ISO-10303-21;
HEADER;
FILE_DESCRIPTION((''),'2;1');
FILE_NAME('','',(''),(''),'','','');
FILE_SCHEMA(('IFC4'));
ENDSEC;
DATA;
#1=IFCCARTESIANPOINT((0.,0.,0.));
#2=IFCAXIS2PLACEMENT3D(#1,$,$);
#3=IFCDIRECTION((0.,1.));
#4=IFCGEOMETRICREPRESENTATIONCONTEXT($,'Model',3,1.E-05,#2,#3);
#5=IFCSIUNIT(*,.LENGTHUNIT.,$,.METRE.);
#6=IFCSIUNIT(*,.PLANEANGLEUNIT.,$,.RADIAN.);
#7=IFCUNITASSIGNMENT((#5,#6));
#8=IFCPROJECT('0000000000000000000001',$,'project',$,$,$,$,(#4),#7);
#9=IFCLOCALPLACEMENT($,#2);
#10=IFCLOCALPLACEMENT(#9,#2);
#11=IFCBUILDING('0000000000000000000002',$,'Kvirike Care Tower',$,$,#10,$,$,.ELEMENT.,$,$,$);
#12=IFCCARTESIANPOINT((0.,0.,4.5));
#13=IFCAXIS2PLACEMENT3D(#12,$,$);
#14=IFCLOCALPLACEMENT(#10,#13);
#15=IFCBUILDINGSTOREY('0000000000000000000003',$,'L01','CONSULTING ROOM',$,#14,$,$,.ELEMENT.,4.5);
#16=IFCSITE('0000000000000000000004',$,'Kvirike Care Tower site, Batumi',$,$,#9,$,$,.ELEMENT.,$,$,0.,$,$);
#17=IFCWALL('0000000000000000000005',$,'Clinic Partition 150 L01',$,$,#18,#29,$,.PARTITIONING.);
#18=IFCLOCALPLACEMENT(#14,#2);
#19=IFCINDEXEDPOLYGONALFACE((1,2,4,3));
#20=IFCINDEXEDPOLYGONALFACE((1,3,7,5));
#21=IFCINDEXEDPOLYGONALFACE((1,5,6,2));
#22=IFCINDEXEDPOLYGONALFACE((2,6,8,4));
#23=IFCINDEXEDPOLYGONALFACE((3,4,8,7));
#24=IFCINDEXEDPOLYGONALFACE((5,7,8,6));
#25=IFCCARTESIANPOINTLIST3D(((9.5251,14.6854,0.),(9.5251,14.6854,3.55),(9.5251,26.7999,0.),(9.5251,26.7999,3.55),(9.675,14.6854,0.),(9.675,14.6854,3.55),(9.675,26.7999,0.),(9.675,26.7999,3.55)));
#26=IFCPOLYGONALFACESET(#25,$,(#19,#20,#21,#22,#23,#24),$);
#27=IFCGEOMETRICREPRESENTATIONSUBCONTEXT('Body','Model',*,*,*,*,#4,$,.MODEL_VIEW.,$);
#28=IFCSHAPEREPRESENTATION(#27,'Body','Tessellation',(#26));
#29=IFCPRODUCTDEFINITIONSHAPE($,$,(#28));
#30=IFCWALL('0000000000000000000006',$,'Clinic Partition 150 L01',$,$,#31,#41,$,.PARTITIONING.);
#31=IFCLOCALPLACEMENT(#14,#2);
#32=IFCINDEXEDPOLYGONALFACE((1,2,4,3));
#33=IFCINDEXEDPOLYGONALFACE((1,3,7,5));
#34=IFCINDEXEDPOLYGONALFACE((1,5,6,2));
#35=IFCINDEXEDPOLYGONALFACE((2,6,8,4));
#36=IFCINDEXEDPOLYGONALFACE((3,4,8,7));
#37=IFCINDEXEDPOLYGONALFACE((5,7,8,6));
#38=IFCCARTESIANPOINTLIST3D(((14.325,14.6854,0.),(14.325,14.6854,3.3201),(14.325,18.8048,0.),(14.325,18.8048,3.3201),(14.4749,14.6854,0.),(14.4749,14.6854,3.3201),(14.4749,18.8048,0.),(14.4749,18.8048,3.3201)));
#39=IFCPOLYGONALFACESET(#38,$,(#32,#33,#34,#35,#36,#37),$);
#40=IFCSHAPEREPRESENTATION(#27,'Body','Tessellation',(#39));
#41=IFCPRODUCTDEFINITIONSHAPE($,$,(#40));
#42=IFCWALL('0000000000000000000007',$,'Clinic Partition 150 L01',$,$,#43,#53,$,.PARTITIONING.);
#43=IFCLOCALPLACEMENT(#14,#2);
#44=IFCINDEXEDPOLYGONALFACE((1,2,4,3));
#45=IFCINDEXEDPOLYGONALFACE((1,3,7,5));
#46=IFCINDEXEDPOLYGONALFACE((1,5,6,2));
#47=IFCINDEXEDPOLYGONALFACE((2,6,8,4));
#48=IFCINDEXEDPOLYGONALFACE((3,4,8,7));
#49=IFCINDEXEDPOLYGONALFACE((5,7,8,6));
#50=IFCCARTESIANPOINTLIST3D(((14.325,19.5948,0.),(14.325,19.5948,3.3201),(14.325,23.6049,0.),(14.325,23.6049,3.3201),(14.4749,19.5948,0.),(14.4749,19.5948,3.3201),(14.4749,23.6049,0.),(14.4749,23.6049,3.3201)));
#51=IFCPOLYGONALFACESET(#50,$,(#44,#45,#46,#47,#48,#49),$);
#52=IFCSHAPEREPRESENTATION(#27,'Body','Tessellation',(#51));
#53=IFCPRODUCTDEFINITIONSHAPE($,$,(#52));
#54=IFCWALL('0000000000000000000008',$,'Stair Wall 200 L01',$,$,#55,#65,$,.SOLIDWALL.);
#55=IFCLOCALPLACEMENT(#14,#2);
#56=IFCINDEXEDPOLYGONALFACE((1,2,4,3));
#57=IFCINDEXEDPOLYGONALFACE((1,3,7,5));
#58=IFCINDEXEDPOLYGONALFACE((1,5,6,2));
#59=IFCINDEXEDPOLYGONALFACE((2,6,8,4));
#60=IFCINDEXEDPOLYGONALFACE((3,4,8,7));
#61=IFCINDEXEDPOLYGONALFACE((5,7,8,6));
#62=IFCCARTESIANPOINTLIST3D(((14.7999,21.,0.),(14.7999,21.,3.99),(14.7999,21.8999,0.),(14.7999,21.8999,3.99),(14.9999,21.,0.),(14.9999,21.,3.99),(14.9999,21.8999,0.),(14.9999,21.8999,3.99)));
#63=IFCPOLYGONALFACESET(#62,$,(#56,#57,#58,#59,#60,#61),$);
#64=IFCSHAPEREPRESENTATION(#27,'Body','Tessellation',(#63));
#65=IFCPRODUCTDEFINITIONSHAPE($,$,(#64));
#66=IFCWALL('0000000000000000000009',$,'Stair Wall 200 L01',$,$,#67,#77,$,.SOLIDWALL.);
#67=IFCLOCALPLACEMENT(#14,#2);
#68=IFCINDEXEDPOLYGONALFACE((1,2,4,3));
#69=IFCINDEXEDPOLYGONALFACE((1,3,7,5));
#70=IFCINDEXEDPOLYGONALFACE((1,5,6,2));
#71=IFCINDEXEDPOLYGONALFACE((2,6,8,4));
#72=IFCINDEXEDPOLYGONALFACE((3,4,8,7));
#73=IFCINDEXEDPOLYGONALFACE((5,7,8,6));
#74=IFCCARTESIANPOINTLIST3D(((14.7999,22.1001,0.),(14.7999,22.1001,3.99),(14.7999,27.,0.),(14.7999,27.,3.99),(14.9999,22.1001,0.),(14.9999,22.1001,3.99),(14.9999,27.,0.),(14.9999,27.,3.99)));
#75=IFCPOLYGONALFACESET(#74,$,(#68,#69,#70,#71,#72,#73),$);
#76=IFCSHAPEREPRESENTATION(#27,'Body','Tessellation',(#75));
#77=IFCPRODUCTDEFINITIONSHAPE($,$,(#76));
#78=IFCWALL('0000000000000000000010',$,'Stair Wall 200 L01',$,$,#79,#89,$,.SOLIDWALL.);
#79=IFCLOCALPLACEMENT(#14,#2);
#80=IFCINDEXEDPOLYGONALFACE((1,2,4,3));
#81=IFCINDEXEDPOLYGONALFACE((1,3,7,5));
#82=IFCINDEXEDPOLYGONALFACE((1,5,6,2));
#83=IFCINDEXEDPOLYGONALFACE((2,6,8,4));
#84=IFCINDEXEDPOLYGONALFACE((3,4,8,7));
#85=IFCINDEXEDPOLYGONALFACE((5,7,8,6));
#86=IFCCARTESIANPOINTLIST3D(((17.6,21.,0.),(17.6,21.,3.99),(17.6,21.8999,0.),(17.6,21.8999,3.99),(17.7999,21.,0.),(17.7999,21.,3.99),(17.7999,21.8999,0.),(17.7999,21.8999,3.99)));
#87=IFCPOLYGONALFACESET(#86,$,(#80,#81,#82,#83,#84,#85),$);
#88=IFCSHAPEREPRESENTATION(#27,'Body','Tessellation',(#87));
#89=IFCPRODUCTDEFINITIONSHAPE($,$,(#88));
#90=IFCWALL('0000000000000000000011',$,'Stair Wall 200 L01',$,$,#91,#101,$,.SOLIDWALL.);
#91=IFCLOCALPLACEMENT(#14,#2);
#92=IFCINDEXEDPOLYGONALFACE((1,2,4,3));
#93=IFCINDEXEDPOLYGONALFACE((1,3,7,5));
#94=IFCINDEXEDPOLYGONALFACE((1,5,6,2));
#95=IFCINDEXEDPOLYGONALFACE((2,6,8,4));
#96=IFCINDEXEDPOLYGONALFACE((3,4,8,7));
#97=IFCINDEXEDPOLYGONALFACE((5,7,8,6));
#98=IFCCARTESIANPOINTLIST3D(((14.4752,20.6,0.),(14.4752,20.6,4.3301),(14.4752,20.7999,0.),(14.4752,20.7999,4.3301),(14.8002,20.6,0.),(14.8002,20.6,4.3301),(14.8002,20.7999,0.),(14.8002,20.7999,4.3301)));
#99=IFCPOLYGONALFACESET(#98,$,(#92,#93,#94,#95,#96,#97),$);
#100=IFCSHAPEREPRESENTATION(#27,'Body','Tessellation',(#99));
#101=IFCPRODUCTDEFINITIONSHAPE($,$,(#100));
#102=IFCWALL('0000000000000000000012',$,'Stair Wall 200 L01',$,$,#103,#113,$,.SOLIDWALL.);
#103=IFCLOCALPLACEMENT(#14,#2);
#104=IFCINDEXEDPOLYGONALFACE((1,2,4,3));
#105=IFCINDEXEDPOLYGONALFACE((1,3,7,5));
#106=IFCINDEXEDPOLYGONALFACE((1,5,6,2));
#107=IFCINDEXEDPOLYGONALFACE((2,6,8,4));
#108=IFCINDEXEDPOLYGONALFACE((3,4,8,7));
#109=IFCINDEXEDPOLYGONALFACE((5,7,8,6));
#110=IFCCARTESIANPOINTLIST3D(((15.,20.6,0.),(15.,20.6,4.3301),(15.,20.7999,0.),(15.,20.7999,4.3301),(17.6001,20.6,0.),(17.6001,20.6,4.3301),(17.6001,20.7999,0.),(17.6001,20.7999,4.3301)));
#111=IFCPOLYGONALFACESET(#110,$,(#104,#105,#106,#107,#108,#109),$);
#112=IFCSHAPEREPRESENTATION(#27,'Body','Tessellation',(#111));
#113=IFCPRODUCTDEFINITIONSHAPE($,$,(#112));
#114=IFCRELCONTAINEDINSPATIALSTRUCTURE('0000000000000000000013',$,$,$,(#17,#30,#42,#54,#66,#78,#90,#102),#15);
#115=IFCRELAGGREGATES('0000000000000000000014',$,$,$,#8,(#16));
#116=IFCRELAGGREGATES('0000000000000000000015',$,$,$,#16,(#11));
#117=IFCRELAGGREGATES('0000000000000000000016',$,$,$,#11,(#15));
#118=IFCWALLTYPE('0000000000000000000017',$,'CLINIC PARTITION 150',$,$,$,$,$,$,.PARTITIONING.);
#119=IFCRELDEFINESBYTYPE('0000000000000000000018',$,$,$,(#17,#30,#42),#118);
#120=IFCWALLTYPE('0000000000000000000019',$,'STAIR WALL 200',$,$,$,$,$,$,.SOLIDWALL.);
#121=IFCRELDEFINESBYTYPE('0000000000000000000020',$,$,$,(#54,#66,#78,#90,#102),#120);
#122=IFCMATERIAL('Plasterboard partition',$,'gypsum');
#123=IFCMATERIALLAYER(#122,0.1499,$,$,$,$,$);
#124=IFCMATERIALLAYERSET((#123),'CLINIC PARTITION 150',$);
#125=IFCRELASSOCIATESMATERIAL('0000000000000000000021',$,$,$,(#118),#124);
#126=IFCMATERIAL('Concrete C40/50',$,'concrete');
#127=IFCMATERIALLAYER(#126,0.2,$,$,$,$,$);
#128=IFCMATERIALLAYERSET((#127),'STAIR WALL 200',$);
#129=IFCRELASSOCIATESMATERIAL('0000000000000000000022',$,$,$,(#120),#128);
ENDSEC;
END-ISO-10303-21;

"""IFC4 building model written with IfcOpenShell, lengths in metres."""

from ifc_helpers import new_model, si_unit, direction, frame, frame_2d, origin, place, context, subcontext, project, spatial, rectangle, extrude, material, layer, layer_set, type_object, element, save


model = new_model("IFC4")

# Units and contexts
model_context = context("Model", 3, precision=1e-05, world=origin(), true_north=direction((0.0, 1.0)))
body_context = subcontext(model_context, "Body", "Model", "MODEL_VIEW")
ifc_project = project(units=[si_unit("LENGTHUNIT", "METRE"), si_unit("PLANEANGLEUNIT", "RADIAN")], contexts=[model_context])

# Site, building, storey
site_placement = place(None, origin())
site = spatial("IfcSite", under=ifc_project, at=site_placement, Name="Kvirike Care Tower site, Batumi", CompositionType="ELEMENT", RefElevation=0.0)
building_placement = place(site_placement, origin())
building = spatial("IfcBuilding", under=site, at=building_placement, Name="Kvirike Care Tower", CompositionType="ELEMENT")
storey_placement = place(building_placement, frame((0.0, 0.0, 4.5)))
storey = spatial("IfcBuildingStorey", under=building, at=storey_placement, Name="L01", Description="CONSULTING ROOM", CompositionType="ELEMENT", Elevation=4.5)

# Walls
ifc_material_1 = material(Name="Plasterboard partition", Category="gypsum")
ifc_layer_1 = layer(ifc_material_1, 0.1499)
ifc_layer_set_1 = layer_set([ifc_layer_1], Name="CLINIC PARTITION 150")
wall_type_1 = type_object("IfcWallType", Name="CLINIC PARTITION 150", PredefinedType="PARTITIONING", material=ifc_layer_set_1)
wall_1_placement = place(storey_placement, frame((9.6001, 14.6855, 0.0), z_axis=(0.0, 0.0, 1.0), x_axis=(0.0, 1.0, 0.0)))
element("IfcWall", 1, at=wall_1_placement, inside=storey, type_object=wall_type_1, Name="Clinic Partition 150 L01", PredefinedType="PARTITIONING", context=body_context, shape_type="SweptSolid", body=[
    extrude(rectangle(XDim=12.1145, YDim=0.1499, at=frame_2d((6.0571, 0.0))), origin(), (0.0, 0.0, 1.0), 3.55),
])
wall_2_placement = place(storey_placement, frame((14.3999, 14.6855, 0.0), z_axis=(0.0, 0.0, 1.0), x_axis=(0.0, 1.0, 0.0)))
element("IfcWall", 2, at=wall_2_placement, inside=storey, type_object=wall_type_1, Name="Clinic Partition 150 L01", PredefinedType="PARTITIONING", context=body_context, shape_type="SweptSolid", body=[
    extrude(rectangle(XDim=4.1194, YDim=0.1499, at=frame_2d((2.0596, 0.0))), origin(), (0.0, 0.0, 1.0), 3.3201),
])
wall_3_placement = place(storey_placement, frame((14.3999, 19.595, 0.0), z_axis=(0.0, 0.0, 1.0), x_axis=(0.0, 1.0, 0.0)))
element("IfcWall", 3, at=wall_3_placement, inside=storey, type_object=wall_type_1, Name="Clinic Partition 150 L01", PredefinedType="PARTITIONING", context=body_context, shape_type="SweptSolid", body=[
    extrude(rectangle(XDim=4.01, YDim=0.1499, at=frame_2d((2.0049, 0.0))), origin(), (0.0, 0.0, 1.0), 3.3201),
])
ifc_material_2 = material(Name="Concrete C40/50", Category="concrete")
ifc_layer_2 = layer(ifc_material_2, 0.2)
ifc_layer_set_2 = layer_set([ifc_layer_2], Name="STAIR WALL 200")
wall_type_2 = type_object("IfcWallType", Name="STAIR WALL 200", PredefinedType="SOLIDWALL", material=ifc_layer_set_2)
wall_4_placement = place(storey_placement, frame((14.8999, 21.0, 0.0), z_axis=(0.0, 0.0, 1.0), x_axis=(0.0, 1.0, 0.0)))
element("IfcWall", 4, at=wall_4_placement, inside=storey, type_object=wall_type_2, Name="Stair Wall 200 L01", PredefinedType="SOLIDWALL", context=body_context, shape_type="SweptSolid", body=[
    extrude(rectangle(XDim=0.8999, YDim=0.2, at=frame_2d((0.45, 0.0))), origin(), (0.0, 0.0, 1.0), 3.99),
])
wall_5_placement = place(storey_placement, frame((14.8999, 22.1001, 0.0), z_axis=(0.0, 0.0, 1.0), x_axis=(0.0, 1.0, 0.0)))
element("IfcWall", 5, at=wall_5_placement, inside=storey, type_object=wall_type_2, Name="Stair Wall 200 L01", PredefinedType="SOLIDWALL", context=body_context, shape_type="SweptSolid", body=[
    extrude(rectangle(XDim=4.8999, YDim=0.2, at=frame_2d((2.45, 0.0))), origin(), (0.0, 0.0, 1.0), 3.99),
])
wall_6_placement = place(storey_placement, frame((17.7, 21.0, 0.0), z_axis=(0.0, 0.0, 1.0), x_axis=(0.0, 1.0, 0.0)))
element("IfcWall", 6, at=wall_6_placement, inside=storey, type_object=wall_type_2, Name="Stair Wall 200 L01", PredefinedType="SOLIDWALL", context=body_context, shape_type="SweptSolid", body=[
    extrude(rectangle(XDim=0.8999, YDim=0.2, at=frame_2d((0.45, 0.0))), origin(), (0.0, 0.0, 1.0), 3.99),
])
wall_7_placement = place(storey_placement, frame((14.4751, 20.7, 0.0), z_axis=(0.0, 0.0, 1.0), x_axis=(1.0, 0.0, 0.0)))
element("IfcWall", 7, at=wall_7_placement, inside=storey, type_object=wall_type_2, Name="Stair Wall 200 L01", PredefinedType="SOLIDWALL", context=body_context, shape_type="SweptSolid", body=[
    extrude(rectangle(XDim=0.325, YDim=0.2, at=frame_2d((0.1626, 0.0))), origin(), (0.0, 0.0, 1.0), 4.3301),
])
wall_8_placement = place(storey_placement, frame((15.0, 20.7, 0.0), z_axis=(0.0, 0.0, 1.0), x_axis=(1.0, 0.0, 0.0)))
element("IfcWall", 8, at=wall_8_placement, inside=storey, type_object=wall_type_2, Name="Stair Wall 200 L01", PredefinedType="SOLIDWALL", context=body_context, shape_type="SweptSolid", body=[
    extrude(rectangle(XDim=2.6001, YDim=0.2, at=frame_2d((1.3, 0.0))), origin(), (0.0, 0.0, 1.0), 4.3301),
])

save(model, "model.ifc")
